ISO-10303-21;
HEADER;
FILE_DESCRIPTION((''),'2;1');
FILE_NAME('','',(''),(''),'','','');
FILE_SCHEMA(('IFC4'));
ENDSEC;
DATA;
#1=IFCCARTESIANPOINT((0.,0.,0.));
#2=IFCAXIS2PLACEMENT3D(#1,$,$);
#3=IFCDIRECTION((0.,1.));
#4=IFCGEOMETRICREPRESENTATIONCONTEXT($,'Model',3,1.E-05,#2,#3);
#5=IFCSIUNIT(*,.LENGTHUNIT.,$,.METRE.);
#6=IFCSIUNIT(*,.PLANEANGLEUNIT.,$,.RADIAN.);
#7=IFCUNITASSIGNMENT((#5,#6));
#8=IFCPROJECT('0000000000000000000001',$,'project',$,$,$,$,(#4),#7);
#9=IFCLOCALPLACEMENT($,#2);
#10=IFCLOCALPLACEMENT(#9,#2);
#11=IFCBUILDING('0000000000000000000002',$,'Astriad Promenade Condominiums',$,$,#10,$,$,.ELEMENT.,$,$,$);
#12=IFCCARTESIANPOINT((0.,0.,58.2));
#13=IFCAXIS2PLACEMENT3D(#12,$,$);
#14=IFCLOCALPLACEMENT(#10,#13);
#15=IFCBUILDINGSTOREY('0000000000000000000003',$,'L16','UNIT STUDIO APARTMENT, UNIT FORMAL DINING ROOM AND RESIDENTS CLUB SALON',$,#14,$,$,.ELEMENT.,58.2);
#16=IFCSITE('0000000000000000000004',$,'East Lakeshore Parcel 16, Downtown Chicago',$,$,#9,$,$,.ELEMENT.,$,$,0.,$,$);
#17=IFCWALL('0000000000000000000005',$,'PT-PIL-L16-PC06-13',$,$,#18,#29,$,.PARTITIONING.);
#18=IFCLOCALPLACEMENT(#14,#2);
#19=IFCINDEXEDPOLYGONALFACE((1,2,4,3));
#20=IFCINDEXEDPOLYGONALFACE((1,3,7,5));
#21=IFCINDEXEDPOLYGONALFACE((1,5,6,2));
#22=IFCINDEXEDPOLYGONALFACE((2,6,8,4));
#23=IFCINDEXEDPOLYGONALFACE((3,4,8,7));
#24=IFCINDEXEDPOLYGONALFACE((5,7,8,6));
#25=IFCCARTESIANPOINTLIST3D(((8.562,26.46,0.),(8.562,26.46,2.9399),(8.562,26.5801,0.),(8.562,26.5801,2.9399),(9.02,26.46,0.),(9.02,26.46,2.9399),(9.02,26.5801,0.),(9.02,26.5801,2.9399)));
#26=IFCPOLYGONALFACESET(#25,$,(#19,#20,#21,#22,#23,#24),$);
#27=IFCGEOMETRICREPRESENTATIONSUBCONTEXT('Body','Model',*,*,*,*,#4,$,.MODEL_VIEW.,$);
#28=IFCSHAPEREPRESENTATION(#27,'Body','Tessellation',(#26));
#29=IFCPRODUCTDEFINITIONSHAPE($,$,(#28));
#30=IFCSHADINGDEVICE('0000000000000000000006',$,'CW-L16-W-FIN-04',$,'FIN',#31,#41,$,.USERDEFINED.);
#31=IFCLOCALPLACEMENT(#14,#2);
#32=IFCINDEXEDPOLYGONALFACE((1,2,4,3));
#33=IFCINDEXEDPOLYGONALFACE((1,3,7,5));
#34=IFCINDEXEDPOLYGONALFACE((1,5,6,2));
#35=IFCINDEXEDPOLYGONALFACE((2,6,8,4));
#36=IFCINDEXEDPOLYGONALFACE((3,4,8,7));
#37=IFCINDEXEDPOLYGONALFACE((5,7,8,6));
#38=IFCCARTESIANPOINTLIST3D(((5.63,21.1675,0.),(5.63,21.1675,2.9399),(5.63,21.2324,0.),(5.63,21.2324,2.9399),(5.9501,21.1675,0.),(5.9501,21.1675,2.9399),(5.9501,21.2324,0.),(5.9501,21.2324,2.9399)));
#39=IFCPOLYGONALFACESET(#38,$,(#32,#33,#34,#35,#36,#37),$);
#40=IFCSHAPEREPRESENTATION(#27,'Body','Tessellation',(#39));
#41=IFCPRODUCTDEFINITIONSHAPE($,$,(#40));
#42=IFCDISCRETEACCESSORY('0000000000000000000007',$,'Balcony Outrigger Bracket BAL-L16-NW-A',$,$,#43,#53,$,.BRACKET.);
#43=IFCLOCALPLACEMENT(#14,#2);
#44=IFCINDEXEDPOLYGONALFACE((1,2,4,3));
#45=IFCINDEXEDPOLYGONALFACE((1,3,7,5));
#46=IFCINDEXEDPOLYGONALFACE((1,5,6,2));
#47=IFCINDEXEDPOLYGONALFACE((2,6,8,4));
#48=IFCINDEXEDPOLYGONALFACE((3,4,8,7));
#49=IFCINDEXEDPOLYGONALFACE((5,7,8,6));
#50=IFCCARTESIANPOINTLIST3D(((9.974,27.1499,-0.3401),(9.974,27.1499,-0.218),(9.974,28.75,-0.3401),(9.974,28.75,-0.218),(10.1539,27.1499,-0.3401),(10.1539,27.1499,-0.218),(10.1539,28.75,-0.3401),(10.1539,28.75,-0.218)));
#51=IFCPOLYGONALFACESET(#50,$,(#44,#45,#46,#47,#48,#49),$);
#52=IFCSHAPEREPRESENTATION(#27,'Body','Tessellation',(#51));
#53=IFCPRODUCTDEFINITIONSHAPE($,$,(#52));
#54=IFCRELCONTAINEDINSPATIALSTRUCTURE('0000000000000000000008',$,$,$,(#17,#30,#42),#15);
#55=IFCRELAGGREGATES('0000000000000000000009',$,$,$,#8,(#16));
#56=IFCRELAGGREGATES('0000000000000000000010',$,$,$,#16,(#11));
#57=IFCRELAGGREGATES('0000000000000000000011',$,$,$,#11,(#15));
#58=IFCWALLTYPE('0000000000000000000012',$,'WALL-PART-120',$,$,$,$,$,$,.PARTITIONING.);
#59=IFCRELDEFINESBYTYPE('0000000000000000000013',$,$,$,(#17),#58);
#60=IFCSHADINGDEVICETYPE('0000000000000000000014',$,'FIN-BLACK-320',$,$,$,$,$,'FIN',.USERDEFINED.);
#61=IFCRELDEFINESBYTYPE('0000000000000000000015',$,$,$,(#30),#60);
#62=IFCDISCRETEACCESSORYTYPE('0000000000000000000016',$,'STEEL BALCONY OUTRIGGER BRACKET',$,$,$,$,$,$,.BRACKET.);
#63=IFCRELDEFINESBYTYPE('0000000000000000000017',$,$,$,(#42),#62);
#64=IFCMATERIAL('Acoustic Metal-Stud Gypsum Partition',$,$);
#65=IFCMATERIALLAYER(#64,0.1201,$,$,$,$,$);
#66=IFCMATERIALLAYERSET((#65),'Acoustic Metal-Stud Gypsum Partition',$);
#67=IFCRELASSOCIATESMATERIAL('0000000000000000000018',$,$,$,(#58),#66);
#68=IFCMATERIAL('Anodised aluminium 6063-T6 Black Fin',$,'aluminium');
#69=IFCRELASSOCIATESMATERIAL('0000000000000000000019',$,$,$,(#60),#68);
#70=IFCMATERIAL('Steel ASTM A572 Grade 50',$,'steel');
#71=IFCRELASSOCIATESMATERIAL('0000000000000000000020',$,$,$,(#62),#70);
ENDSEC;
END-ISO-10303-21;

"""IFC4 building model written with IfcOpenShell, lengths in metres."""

from ifc_helpers import new_model, si_unit, direction, frame, frame_2d, origin, origin_2d, place, context, subcontext, project, spatial, rectangle, extrude, source, transform, mapped, material, layer, layer_set, type_object, type_shapes, element, save


model = new_model("IFC4")

# Units and contexts
model_context = context("Model", 3, precision=1e-05, world=origin(), true_north=direction((0.0, 1.0)))
body_context = subcontext(model_context, "Body", "Model", "MODEL_VIEW")
ifc_project = project(units=[si_unit("LENGTHUNIT", "METRE"), si_unit("PLANEANGLEUNIT", "RADIAN")], contexts=[model_context])

# Site, building, storey
site_placement = place(None, origin())
site = spatial("IfcSite", under=ifc_project, at=site_placement, Name="East Lakeshore Parcel 16, Downtown Chicago", CompositionType="ELEMENT", RefElevation=0.0)
building_placement = place(site_placement, origin())
building = spatial("IfcBuilding", under=site, at=building_placement, Name="Astriad Promenade Condominiums", CompositionType="ELEMENT")
storey_placement = place(building_placement, frame((0.0, 0.0, 58.2)))
storey = spatial("IfcBuildingStorey", under=building, at=storey_placement, Name="L16", Description="UNIT STUDIO APARTMENT, UNIT FORMAL DINING ROOM AND RESIDENTS CLUB SALON", CompositionType="ELEMENT", Elevation=58.2)

# Shared definitions
ifc_material_1 = material(Name="Acoustic Metal-Stud Gypsum Partition")
ifc_layer_1 = layer(ifc_material_1, 0.1201)
ifc_layer_set_1 = layer_set([ifc_layer_1], Name="Acoustic Metal-Stud Gypsum Partition")
wall_type_1 = type_object("IfcWallType", Name="WALL-PART-120", PredefinedType="PARTITIONING", material=ifc_layer_set_1)

# Wall
wall_1_placement = place(storey_placement, frame((9.02, 26.52, 0.0), z_axis=(0.0, 0.0, 1.0), x_axis=(-1.0, 0.0, 0.0)))
element("IfcWall", 1, at=wall_1_placement, inside=storey, type_object=wall_type_1, Name="PT-PIL-L16-PC06-13", PredefinedType="PARTITIONING", context=body_context, shape_type="SweptSolid", body=[
    extrude(rectangle(XDim=0.458, YDim=0.1201, at=frame_2d((0.229, 0.0))), origin(), (0.0, 0.0, 1.0), 2.9399),
])

# Shading device
ifc_material_2 = material(Name="Anodised aluminium 6063-T6 Black Fin", Category="aluminium")
shading_device_type = type_object("IfcShadingDeviceType", Name="FIN-BLACK-320", ElementType="FIN", PredefinedType="USERDEFINED", material=ifc_material_2)
shared_shape_1 = source(origin(), body_context, "Body", "SweptSolid", [
    extrude(rectangle(XDim=0.0649, YDim=0.3201, at=origin_2d()), origin(), (0.0, 0.0, 1.0), 2.9399),
])
type_shapes(shading_device_type, [shared_shape_1])
shading_device_placement = place(storey_placement, frame((5.79, 21.2, 0.0), z_axis=(0.0, 0.0, 1.0), x_axis=(0.0, 1.0, 0.0)))
element("IfcShadingDevice", 2, at=shading_device_placement, inside=storey, type_object=shading_device_type, Name="CW-L16-W-FIN-04", ObjectType="FIN", PredefinedType="USERDEFINED", context=body_context, shape_type="MappedRepresentation", body=[
    mapped(shared_shape_1, transform((0.0, 0.0, 0.0), scale=1.0)),
])

# Discrete accessory
ifc_material_3 = material(Name="Steel ASTM A572 Grade 50", Category="steel")
discrete_accessory_type = type_object("IfcDiscreteAccessoryType", Name="STEEL BALCONY OUTRIGGER BRACKET", PredefinedType="BRACKET", material=ifc_material_3)
shared_shape_2 = source(origin(), body_context, "Body", "SweptSolid", [
    extrude(rectangle(XDim=1.6001, YDim=0.1799, at=origin_2d()), origin(), (0.0, 0.0, 1.0), 0.1221),
])
type_shapes(discrete_accessory_type, [shared_shape_2])
discrete_accessory_placement = place(storey_placement, frame((10.064, 27.95, -0.3401), z_axis=(0.0, 0.0, 1.0), x_axis=(0.0, 1.0, 0.0)))
element("IfcDiscreteAccessory", 3, at=discrete_accessory_placement, inside=storey, type_object=discrete_accessory_type, Name="Balcony Outrigger Bracket BAL-L16-NW-A", PredefinedType="BRACKET", context=body_context, shape_type="MappedRepresentation", body=[
    mapped(shared_shape_2, transform((0.0, 0.0, 0.0), scale=1.0)),
])

save(model, "model.ifc")
